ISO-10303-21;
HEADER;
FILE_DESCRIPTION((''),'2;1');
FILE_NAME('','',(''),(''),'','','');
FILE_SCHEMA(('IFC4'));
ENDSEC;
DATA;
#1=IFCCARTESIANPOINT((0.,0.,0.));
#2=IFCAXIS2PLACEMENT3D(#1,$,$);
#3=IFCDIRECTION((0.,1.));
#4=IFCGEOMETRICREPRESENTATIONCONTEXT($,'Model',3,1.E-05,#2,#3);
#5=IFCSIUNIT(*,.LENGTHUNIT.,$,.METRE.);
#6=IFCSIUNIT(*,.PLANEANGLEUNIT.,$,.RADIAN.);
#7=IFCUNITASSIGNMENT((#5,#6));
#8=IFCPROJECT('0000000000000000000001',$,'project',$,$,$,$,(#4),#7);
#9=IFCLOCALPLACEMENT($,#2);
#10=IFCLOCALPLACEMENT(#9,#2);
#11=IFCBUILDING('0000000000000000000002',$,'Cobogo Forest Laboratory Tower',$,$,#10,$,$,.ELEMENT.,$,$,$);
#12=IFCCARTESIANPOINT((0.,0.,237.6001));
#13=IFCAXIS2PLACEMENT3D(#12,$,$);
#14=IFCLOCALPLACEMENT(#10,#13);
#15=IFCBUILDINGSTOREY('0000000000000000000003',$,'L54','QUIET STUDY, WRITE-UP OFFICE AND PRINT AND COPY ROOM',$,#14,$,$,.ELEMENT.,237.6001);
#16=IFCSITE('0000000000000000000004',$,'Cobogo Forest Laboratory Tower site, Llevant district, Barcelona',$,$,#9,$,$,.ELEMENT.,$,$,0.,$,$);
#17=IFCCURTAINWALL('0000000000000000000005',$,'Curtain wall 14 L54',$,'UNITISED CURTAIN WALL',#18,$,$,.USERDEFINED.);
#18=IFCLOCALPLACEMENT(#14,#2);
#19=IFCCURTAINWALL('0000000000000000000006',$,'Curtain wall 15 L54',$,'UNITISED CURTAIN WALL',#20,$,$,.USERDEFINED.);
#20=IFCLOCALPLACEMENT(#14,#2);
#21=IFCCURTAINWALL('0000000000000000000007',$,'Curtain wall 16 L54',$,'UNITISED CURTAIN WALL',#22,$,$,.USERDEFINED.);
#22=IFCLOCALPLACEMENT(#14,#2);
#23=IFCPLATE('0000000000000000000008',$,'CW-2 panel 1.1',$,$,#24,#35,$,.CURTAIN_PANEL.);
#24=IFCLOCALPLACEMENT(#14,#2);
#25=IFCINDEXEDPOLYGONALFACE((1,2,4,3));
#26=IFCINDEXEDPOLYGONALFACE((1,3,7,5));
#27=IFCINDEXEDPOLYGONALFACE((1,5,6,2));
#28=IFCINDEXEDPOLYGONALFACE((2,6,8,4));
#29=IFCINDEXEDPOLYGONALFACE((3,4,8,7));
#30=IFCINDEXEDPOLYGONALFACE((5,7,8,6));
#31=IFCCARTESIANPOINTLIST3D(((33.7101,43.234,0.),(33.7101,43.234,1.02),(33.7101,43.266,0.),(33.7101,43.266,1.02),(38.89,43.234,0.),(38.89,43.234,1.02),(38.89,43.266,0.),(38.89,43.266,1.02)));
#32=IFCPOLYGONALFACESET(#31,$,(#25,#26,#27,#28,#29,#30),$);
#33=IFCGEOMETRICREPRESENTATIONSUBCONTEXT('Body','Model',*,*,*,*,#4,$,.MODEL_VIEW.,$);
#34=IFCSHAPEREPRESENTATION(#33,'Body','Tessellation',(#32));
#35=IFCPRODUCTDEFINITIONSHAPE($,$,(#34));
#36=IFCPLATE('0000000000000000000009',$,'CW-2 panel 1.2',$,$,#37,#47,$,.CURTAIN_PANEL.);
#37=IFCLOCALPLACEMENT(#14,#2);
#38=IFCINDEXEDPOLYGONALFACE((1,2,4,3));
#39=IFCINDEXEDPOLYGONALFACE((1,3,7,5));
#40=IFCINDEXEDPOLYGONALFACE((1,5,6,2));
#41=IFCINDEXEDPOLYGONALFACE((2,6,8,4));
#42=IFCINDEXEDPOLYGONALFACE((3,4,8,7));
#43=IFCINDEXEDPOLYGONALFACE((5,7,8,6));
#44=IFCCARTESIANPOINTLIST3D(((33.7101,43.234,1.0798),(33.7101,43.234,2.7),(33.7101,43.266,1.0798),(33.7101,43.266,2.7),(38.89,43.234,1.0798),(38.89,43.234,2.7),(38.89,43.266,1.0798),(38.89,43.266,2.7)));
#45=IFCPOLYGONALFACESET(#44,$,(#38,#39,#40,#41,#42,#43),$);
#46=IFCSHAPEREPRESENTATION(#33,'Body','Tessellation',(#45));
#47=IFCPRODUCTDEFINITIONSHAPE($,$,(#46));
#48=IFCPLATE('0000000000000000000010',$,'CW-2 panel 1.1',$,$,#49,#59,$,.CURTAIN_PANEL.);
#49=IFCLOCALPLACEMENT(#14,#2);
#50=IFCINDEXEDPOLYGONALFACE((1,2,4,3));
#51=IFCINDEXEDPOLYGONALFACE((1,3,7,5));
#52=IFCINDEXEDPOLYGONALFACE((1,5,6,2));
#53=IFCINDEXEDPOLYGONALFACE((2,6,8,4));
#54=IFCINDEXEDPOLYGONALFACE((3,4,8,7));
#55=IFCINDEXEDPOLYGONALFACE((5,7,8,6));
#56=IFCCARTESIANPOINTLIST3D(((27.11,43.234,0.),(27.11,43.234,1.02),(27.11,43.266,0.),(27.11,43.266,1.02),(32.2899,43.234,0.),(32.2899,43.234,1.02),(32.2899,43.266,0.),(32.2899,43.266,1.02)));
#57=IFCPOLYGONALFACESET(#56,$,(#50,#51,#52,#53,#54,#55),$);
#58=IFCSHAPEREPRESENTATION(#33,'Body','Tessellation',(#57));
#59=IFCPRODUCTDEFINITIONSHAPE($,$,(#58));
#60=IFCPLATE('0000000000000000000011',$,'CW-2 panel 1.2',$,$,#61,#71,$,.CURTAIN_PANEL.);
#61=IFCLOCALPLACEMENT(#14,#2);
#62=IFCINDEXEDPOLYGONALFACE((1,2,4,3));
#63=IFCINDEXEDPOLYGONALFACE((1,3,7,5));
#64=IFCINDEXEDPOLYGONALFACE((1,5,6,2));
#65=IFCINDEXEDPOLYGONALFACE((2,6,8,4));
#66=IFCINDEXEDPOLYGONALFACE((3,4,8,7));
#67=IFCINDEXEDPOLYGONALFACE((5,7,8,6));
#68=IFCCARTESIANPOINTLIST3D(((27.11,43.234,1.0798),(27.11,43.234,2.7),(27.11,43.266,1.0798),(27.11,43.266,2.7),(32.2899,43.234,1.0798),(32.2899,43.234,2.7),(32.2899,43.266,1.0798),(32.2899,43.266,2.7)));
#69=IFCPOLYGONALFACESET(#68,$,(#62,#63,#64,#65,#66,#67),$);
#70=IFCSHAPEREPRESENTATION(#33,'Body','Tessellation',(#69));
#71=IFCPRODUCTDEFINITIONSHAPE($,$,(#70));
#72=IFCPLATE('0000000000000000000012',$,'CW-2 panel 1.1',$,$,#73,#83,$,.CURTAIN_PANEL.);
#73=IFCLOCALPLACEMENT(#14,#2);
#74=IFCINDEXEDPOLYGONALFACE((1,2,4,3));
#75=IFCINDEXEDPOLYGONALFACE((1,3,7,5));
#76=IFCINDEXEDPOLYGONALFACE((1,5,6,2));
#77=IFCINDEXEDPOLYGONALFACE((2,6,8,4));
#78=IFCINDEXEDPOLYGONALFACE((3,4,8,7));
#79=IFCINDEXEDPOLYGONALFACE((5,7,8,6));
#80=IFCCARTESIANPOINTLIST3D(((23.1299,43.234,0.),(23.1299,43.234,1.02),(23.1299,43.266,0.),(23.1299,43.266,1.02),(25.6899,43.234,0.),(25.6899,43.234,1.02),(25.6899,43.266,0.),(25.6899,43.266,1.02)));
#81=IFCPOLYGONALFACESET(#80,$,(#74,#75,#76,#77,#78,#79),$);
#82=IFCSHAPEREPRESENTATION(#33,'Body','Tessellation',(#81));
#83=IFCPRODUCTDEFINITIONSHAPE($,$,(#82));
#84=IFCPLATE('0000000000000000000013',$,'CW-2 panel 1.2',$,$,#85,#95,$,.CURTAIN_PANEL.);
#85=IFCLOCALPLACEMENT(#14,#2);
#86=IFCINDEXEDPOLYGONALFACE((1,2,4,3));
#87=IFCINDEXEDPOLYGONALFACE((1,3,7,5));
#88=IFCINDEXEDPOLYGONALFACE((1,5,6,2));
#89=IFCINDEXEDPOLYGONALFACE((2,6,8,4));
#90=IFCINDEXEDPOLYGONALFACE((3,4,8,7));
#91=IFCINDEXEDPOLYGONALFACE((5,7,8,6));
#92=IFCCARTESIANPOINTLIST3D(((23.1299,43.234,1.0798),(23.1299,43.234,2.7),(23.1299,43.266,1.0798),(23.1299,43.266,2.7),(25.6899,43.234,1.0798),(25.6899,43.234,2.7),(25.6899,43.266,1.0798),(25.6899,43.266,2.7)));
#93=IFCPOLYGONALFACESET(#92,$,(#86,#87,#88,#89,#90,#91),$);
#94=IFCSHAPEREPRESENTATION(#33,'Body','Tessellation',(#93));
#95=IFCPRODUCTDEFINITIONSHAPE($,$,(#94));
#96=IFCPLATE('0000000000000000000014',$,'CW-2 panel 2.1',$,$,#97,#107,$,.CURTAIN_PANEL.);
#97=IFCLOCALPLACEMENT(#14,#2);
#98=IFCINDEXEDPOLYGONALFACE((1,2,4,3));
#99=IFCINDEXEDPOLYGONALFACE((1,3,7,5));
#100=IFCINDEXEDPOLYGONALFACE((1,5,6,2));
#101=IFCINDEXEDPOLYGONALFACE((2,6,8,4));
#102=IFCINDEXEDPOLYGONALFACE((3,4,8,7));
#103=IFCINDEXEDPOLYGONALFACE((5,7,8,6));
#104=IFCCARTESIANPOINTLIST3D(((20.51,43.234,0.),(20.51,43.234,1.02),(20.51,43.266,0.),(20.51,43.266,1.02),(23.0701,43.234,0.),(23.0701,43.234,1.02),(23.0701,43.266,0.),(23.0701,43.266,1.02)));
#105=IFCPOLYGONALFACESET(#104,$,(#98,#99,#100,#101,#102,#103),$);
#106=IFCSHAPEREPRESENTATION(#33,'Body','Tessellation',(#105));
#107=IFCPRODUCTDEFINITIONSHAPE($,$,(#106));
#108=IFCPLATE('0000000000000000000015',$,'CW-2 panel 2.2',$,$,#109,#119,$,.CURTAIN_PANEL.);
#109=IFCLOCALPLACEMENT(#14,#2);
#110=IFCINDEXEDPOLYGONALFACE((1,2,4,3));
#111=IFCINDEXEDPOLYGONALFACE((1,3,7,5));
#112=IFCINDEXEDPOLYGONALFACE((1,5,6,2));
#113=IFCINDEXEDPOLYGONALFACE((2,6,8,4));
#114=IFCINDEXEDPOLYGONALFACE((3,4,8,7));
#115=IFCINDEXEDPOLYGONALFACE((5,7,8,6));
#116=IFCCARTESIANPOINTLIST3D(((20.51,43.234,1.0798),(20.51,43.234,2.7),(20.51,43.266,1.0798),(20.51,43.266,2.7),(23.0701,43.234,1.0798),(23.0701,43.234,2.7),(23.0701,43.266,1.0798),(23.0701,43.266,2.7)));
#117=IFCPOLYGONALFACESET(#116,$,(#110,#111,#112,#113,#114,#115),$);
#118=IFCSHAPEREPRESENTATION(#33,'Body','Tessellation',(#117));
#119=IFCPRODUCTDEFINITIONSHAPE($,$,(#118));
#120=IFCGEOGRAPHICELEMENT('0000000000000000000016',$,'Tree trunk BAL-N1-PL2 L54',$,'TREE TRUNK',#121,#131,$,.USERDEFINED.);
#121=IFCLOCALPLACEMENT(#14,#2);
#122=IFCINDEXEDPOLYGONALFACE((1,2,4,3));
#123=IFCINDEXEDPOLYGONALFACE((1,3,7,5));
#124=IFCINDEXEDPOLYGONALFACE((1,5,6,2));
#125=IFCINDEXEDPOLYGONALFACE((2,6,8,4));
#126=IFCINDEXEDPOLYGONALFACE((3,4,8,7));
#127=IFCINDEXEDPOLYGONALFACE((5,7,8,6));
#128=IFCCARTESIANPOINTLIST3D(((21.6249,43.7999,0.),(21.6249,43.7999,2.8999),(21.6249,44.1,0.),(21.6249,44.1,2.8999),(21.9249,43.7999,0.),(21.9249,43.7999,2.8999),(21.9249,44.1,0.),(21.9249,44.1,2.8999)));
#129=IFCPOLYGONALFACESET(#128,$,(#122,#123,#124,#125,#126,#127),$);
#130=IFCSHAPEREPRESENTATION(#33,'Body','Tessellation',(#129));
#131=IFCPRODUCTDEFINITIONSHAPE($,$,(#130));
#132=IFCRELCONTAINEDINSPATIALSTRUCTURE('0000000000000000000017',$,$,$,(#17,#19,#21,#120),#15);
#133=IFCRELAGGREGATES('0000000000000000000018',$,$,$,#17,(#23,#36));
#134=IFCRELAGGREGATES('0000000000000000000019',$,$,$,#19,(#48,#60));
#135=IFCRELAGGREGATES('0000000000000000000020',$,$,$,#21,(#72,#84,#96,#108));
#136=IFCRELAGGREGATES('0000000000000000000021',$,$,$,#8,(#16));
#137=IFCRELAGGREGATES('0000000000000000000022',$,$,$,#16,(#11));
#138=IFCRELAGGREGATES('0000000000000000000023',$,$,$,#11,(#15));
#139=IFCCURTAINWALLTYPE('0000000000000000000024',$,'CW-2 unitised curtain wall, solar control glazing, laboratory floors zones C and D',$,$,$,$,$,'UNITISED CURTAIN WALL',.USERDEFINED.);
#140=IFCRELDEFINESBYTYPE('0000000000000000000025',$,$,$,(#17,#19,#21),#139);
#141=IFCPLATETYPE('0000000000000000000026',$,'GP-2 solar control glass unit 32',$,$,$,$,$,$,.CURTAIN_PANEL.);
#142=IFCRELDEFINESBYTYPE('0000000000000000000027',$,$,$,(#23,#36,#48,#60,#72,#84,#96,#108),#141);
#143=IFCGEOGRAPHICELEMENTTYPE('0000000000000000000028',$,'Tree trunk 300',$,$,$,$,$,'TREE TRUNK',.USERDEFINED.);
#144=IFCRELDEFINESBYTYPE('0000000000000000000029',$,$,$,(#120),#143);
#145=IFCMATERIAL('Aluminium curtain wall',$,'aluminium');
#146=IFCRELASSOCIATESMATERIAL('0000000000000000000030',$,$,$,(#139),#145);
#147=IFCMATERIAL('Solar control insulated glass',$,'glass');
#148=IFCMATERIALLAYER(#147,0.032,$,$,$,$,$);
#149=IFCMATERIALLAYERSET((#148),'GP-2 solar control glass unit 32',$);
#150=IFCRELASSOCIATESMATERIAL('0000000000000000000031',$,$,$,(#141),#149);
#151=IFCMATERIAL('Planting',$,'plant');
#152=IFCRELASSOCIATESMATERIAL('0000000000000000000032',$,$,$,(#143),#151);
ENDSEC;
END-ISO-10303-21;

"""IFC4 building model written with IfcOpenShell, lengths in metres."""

from ifc_helpers import new_model, si_unit, direction, frame, origin, origin_2d, place, context, subcontext, project, spatial, rectangle, extrude, material, layer, layer_set, type_object, element, aggregate, save


model = new_model("IFC4")

# Units and contexts
model_context = context("Model", 3, precision=1e-05, world=origin(), true_north=direction((0.0, 1.0)))
body_context = subcontext(model_context, "Body", "Model", "MODEL_VIEW")
ifc_project = project(units=[si_unit("LENGTHUNIT", "METRE"), si_unit("PLANEANGLEUNIT", "RADIAN")], contexts=[model_context])

# Site, building, storey
site_placement = place(None, origin())
site = spatial("IfcSite", under=ifc_project, at=site_placement, Name="Cobogo Forest Laboratory Tower site, Llevant district, Barcelona", CompositionType="ELEMENT", RefElevation=0.0)
building_placement = place(site_placement, origin())
building = spatial("IfcBuilding", under=site, at=building_placement, Name="Cobogo Forest Laboratory Tower", CompositionType="ELEMENT")
storey_placement = place(building_placement, frame((0.0, 0.0, 237.6001)))
storey = spatial("IfcBuildingStorey", under=building, at=storey_placement, Name="L54", Description="QUIET STUDY, WRITE-UP OFFICE AND PRINT AND COPY ROOM", CompositionType="ELEMENT", Elevation=237.6001)

# Curtain walls
ifc_material_1 = material(Name="Aluminium curtain wall", Category="aluminium")
curtain_wall_type = type_object("IfcCurtainWallType", Name="CW-2 unitised curtain wall, solar control glazing, laboratory floors zones C and D", ElementType="UNITISED CURTAIN WALL", PredefinedType="USERDEFINED", material=ifc_material_1)
curtain_wall_1_placement = place(storey_placement, origin())
curtain_wall_1 = element("IfcCurtainWall", 1, at=curtain_wall_1_placement, inside=storey, type_object=curtain_wall_type, Name="Curtain wall 14 L54", ObjectType="UNITISED CURTAIN WALL", PredefinedType="USERDEFINED")
curtain_wall_2_placement = place(storey_placement, origin())
curtain_wall_2 = element("IfcCurtainWall", 2, at=curtain_wall_2_placement, inside=storey, type_object=curtain_wall_type, Name="Curtain wall 15 L54", ObjectType="UNITISED CURTAIN WALL", PredefinedType="USERDEFINED")
curtain_wall_3_placement = place(storey_placement, origin())
curtain_wall_3 = element("IfcCurtainWall", 3, at=curtain_wall_3_placement, inside=storey, type_object=curtain_wall_type, Name="Curtain wall 16 L54", ObjectType="UNITISED CURTAIN WALL", PredefinedType="USERDEFINED")

# Plates
ifc_material_2 = material(Name="Solar control insulated glass", Category="glass")
ifc_layer = layer(ifc_material_2, 0.032)
ifc_layer_set = layer_set([ifc_layer], Name="GP-2 solar control glass unit 32")
plate_type_1 = type_object("IfcPlateType", Name="GP-2 solar control glass unit 32", PredefinedType="CURTAIN_PANEL", material=ifc_layer_set)
plate_1_placement = place(storey_placement, frame((36.3, 43.25, 0.0), z_axis=(0.0, 0.0, 1.0), x_axis=(-1.0, 0.0, 0.0)))
plate_1 = element("IfcPlate", 4, at=plate_1_placement, type_object=plate_type_1, Name="CW-2 panel 1.1", PredefinedType="CURTAIN_PANEL", context=body_context, shape_type="SweptSolid", body=[
    extrude(rectangle(XDim=5.1799, YDim=0.032, at=origin_2d()), origin(), (0.0, 0.0, 1.0), 1.02),
])
plate_2_placement = place(storey_placement, frame((36.3, 43.25, 1.0798), z_axis=(0.0, 0.0, 1.0), x_axis=(-1.0, 0.0, 0.0)))
plate_2 = element("IfcPlate", 5, at=plate_2_placement, type_object=plate_type_1, Name="CW-2 panel 1.2", PredefinedType="CURTAIN_PANEL", context=body_context, shape_type="SweptSolid", body=[
    extrude(rectangle(XDim=5.1799, YDim=0.032, at=origin_2d()), origin(), (0.0, 0.0, 1.0), 1.6201),
])
aggregate(curtain_wall_1, [plate_1, plate_2])
plate_3_placement = place(storey_placement, frame((29.7, 43.25, 0.0), z_axis=(0.0, 0.0, 1.0), x_axis=(-1.0, 0.0, 0.0)))
plate_3 = element("IfcPlate", 6, at=plate_3_placement, type_object=plate_type_1, Name="CW-2 panel 1.1", PredefinedType="CURTAIN_PANEL", context=body_context, shape_type="SweptSolid", body=[
    extrude(rectangle(XDim=5.1799, YDim=0.032, at=origin_2d()), origin(), (0.0, 0.0, 1.0), 1.02),
])
plate_4_placement = place(storey_placement, frame((29.7, 43.25, 1.0798), z_axis=(0.0, 0.0, 1.0), x_axis=(-1.0, 0.0, 0.0)))
plate_4 = element("IfcPlate", 7, at=plate_4_placement, type_object=plate_type_1, Name="CW-2 panel 1.2", PredefinedType="CURTAIN_PANEL", context=body_context, shape_type="SweptSolid", body=[
    extrude(rectangle(XDim=5.1799, YDim=0.032, at=origin_2d()), origin(), (0.0, 0.0, 1.0), 1.6201),
])
aggregate(curtain_wall_2, [plate_3, plate_4])
plate_5_placement = place(storey_placement, frame((24.4099, 43.25, 0.0), z_axis=(0.0, 0.0, 1.0), x_axis=(-1.0, 0.0, 0.0)))
plate_5 = element("IfcPlate", 8, at=plate_5_placement, type_object=plate_type_1, Name="CW-2 panel 1.1", PredefinedType="CURTAIN_PANEL", context=body_context, shape_type="SweptSolid", body=[
    extrude(rectangle(XDim=2.5601, YDim=0.032, at=origin_2d()), origin(), (0.0, 0.0, 1.0), 1.02),
])
plate_6_placement = place(storey_placement, frame((24.4099, 43.25, 1.0798), z_axis=(0.0, 0.0, 1.0), x_axis=(-1.0, 0.0, 0.0)))
plate_6 = element("IfcPlate", 9, at=plate_6_placement, type_object=plate_type_1, Name="CW-2 panel 1.2", PredefinedType="CURTAIN_PANEL", context=body_context, shape_type="SweptSolid", body=[
    extrude(rectangle(XDim=2.5601, YDim=0.032, at=origin_2d()), origin(), (0.0, 0.0, 1.0), 1.6201),
])
plate_7_placement = place(storey_placement, frame((21.79, 43.25, 0.0), z_axis=(0.0, 0.0, 1.0), x_axis=(-1.0, 0.0, 0.0)))
plate_7 = element("IfcPlate", 10, at=plate_7_placement, type_object=plate_type_1, Name="CW-2 panel 2.1", PredefinedType="CURTAIN_PANEL", context=body_context, shape_type="SweptSolid", body=[
    extrude(rectangle(XDim=2.5601, YDim=0.032, at=origin_2d()), origin(), (0.0, 0.0, 1.0), 1.02),
])
plate_8_placement = place(storey_placement, frame((21.79, 43.25, 1.0798), z_axis=(0.0, 0.0, 1.0), x_axis=(-1.0, 0.0, 0.0)))
plate_8 = element("IfcPlate", 11, at=plate_8_placement, type_object=plate_type_1, Name="CW-2 panel 2.2", PredefinedType="CURTAIN_PANEL", context=body_context, shape_type="SweptSolid", body=[
    extrude(rectangle(XDim=2.5601, YDim=0.032, at=origin_2d()), origin(), (0.0, 0.0, 1.0), 1.6201),
])
aggregate(curtain_wall_3, [plate_5, plate_6, plate_7, plate_8])

# Geographic element
ifc_material_3 = material(Name="Planting", Category="plant")
geographic_element_type = type_object("IfcGeographicElementType", Name="Tree trunk 300", ElementType="TREE TRUNK", PredefinedType="USERDEFINED", material=ifc_material_3)
geographic_element_placement = place(storey_placement, frame((21.7749, 43.95, 0.0), z_axis=(0.0, 0.0, 1.0), x_axis=(1.0, 0.0, 0.0)))
element("IfcGeographicElement", 12, at=geographic_element_placement, inside=storey, type_object=geographic_element_type, Name="Tree trunk BAL-N1-PL2 L54", ObjectType="TREE TRUNK", PredefinedType="USERDEFINED", context=body_context, shape_type="SweptSolid", body=[
    extrude(rectangle(XDim=0.3, YDim=0.3, at=origin_2d()), origin(), (0.0, 0.0, 1.0), 2.8999),
])

save(model, "model.ifc")
